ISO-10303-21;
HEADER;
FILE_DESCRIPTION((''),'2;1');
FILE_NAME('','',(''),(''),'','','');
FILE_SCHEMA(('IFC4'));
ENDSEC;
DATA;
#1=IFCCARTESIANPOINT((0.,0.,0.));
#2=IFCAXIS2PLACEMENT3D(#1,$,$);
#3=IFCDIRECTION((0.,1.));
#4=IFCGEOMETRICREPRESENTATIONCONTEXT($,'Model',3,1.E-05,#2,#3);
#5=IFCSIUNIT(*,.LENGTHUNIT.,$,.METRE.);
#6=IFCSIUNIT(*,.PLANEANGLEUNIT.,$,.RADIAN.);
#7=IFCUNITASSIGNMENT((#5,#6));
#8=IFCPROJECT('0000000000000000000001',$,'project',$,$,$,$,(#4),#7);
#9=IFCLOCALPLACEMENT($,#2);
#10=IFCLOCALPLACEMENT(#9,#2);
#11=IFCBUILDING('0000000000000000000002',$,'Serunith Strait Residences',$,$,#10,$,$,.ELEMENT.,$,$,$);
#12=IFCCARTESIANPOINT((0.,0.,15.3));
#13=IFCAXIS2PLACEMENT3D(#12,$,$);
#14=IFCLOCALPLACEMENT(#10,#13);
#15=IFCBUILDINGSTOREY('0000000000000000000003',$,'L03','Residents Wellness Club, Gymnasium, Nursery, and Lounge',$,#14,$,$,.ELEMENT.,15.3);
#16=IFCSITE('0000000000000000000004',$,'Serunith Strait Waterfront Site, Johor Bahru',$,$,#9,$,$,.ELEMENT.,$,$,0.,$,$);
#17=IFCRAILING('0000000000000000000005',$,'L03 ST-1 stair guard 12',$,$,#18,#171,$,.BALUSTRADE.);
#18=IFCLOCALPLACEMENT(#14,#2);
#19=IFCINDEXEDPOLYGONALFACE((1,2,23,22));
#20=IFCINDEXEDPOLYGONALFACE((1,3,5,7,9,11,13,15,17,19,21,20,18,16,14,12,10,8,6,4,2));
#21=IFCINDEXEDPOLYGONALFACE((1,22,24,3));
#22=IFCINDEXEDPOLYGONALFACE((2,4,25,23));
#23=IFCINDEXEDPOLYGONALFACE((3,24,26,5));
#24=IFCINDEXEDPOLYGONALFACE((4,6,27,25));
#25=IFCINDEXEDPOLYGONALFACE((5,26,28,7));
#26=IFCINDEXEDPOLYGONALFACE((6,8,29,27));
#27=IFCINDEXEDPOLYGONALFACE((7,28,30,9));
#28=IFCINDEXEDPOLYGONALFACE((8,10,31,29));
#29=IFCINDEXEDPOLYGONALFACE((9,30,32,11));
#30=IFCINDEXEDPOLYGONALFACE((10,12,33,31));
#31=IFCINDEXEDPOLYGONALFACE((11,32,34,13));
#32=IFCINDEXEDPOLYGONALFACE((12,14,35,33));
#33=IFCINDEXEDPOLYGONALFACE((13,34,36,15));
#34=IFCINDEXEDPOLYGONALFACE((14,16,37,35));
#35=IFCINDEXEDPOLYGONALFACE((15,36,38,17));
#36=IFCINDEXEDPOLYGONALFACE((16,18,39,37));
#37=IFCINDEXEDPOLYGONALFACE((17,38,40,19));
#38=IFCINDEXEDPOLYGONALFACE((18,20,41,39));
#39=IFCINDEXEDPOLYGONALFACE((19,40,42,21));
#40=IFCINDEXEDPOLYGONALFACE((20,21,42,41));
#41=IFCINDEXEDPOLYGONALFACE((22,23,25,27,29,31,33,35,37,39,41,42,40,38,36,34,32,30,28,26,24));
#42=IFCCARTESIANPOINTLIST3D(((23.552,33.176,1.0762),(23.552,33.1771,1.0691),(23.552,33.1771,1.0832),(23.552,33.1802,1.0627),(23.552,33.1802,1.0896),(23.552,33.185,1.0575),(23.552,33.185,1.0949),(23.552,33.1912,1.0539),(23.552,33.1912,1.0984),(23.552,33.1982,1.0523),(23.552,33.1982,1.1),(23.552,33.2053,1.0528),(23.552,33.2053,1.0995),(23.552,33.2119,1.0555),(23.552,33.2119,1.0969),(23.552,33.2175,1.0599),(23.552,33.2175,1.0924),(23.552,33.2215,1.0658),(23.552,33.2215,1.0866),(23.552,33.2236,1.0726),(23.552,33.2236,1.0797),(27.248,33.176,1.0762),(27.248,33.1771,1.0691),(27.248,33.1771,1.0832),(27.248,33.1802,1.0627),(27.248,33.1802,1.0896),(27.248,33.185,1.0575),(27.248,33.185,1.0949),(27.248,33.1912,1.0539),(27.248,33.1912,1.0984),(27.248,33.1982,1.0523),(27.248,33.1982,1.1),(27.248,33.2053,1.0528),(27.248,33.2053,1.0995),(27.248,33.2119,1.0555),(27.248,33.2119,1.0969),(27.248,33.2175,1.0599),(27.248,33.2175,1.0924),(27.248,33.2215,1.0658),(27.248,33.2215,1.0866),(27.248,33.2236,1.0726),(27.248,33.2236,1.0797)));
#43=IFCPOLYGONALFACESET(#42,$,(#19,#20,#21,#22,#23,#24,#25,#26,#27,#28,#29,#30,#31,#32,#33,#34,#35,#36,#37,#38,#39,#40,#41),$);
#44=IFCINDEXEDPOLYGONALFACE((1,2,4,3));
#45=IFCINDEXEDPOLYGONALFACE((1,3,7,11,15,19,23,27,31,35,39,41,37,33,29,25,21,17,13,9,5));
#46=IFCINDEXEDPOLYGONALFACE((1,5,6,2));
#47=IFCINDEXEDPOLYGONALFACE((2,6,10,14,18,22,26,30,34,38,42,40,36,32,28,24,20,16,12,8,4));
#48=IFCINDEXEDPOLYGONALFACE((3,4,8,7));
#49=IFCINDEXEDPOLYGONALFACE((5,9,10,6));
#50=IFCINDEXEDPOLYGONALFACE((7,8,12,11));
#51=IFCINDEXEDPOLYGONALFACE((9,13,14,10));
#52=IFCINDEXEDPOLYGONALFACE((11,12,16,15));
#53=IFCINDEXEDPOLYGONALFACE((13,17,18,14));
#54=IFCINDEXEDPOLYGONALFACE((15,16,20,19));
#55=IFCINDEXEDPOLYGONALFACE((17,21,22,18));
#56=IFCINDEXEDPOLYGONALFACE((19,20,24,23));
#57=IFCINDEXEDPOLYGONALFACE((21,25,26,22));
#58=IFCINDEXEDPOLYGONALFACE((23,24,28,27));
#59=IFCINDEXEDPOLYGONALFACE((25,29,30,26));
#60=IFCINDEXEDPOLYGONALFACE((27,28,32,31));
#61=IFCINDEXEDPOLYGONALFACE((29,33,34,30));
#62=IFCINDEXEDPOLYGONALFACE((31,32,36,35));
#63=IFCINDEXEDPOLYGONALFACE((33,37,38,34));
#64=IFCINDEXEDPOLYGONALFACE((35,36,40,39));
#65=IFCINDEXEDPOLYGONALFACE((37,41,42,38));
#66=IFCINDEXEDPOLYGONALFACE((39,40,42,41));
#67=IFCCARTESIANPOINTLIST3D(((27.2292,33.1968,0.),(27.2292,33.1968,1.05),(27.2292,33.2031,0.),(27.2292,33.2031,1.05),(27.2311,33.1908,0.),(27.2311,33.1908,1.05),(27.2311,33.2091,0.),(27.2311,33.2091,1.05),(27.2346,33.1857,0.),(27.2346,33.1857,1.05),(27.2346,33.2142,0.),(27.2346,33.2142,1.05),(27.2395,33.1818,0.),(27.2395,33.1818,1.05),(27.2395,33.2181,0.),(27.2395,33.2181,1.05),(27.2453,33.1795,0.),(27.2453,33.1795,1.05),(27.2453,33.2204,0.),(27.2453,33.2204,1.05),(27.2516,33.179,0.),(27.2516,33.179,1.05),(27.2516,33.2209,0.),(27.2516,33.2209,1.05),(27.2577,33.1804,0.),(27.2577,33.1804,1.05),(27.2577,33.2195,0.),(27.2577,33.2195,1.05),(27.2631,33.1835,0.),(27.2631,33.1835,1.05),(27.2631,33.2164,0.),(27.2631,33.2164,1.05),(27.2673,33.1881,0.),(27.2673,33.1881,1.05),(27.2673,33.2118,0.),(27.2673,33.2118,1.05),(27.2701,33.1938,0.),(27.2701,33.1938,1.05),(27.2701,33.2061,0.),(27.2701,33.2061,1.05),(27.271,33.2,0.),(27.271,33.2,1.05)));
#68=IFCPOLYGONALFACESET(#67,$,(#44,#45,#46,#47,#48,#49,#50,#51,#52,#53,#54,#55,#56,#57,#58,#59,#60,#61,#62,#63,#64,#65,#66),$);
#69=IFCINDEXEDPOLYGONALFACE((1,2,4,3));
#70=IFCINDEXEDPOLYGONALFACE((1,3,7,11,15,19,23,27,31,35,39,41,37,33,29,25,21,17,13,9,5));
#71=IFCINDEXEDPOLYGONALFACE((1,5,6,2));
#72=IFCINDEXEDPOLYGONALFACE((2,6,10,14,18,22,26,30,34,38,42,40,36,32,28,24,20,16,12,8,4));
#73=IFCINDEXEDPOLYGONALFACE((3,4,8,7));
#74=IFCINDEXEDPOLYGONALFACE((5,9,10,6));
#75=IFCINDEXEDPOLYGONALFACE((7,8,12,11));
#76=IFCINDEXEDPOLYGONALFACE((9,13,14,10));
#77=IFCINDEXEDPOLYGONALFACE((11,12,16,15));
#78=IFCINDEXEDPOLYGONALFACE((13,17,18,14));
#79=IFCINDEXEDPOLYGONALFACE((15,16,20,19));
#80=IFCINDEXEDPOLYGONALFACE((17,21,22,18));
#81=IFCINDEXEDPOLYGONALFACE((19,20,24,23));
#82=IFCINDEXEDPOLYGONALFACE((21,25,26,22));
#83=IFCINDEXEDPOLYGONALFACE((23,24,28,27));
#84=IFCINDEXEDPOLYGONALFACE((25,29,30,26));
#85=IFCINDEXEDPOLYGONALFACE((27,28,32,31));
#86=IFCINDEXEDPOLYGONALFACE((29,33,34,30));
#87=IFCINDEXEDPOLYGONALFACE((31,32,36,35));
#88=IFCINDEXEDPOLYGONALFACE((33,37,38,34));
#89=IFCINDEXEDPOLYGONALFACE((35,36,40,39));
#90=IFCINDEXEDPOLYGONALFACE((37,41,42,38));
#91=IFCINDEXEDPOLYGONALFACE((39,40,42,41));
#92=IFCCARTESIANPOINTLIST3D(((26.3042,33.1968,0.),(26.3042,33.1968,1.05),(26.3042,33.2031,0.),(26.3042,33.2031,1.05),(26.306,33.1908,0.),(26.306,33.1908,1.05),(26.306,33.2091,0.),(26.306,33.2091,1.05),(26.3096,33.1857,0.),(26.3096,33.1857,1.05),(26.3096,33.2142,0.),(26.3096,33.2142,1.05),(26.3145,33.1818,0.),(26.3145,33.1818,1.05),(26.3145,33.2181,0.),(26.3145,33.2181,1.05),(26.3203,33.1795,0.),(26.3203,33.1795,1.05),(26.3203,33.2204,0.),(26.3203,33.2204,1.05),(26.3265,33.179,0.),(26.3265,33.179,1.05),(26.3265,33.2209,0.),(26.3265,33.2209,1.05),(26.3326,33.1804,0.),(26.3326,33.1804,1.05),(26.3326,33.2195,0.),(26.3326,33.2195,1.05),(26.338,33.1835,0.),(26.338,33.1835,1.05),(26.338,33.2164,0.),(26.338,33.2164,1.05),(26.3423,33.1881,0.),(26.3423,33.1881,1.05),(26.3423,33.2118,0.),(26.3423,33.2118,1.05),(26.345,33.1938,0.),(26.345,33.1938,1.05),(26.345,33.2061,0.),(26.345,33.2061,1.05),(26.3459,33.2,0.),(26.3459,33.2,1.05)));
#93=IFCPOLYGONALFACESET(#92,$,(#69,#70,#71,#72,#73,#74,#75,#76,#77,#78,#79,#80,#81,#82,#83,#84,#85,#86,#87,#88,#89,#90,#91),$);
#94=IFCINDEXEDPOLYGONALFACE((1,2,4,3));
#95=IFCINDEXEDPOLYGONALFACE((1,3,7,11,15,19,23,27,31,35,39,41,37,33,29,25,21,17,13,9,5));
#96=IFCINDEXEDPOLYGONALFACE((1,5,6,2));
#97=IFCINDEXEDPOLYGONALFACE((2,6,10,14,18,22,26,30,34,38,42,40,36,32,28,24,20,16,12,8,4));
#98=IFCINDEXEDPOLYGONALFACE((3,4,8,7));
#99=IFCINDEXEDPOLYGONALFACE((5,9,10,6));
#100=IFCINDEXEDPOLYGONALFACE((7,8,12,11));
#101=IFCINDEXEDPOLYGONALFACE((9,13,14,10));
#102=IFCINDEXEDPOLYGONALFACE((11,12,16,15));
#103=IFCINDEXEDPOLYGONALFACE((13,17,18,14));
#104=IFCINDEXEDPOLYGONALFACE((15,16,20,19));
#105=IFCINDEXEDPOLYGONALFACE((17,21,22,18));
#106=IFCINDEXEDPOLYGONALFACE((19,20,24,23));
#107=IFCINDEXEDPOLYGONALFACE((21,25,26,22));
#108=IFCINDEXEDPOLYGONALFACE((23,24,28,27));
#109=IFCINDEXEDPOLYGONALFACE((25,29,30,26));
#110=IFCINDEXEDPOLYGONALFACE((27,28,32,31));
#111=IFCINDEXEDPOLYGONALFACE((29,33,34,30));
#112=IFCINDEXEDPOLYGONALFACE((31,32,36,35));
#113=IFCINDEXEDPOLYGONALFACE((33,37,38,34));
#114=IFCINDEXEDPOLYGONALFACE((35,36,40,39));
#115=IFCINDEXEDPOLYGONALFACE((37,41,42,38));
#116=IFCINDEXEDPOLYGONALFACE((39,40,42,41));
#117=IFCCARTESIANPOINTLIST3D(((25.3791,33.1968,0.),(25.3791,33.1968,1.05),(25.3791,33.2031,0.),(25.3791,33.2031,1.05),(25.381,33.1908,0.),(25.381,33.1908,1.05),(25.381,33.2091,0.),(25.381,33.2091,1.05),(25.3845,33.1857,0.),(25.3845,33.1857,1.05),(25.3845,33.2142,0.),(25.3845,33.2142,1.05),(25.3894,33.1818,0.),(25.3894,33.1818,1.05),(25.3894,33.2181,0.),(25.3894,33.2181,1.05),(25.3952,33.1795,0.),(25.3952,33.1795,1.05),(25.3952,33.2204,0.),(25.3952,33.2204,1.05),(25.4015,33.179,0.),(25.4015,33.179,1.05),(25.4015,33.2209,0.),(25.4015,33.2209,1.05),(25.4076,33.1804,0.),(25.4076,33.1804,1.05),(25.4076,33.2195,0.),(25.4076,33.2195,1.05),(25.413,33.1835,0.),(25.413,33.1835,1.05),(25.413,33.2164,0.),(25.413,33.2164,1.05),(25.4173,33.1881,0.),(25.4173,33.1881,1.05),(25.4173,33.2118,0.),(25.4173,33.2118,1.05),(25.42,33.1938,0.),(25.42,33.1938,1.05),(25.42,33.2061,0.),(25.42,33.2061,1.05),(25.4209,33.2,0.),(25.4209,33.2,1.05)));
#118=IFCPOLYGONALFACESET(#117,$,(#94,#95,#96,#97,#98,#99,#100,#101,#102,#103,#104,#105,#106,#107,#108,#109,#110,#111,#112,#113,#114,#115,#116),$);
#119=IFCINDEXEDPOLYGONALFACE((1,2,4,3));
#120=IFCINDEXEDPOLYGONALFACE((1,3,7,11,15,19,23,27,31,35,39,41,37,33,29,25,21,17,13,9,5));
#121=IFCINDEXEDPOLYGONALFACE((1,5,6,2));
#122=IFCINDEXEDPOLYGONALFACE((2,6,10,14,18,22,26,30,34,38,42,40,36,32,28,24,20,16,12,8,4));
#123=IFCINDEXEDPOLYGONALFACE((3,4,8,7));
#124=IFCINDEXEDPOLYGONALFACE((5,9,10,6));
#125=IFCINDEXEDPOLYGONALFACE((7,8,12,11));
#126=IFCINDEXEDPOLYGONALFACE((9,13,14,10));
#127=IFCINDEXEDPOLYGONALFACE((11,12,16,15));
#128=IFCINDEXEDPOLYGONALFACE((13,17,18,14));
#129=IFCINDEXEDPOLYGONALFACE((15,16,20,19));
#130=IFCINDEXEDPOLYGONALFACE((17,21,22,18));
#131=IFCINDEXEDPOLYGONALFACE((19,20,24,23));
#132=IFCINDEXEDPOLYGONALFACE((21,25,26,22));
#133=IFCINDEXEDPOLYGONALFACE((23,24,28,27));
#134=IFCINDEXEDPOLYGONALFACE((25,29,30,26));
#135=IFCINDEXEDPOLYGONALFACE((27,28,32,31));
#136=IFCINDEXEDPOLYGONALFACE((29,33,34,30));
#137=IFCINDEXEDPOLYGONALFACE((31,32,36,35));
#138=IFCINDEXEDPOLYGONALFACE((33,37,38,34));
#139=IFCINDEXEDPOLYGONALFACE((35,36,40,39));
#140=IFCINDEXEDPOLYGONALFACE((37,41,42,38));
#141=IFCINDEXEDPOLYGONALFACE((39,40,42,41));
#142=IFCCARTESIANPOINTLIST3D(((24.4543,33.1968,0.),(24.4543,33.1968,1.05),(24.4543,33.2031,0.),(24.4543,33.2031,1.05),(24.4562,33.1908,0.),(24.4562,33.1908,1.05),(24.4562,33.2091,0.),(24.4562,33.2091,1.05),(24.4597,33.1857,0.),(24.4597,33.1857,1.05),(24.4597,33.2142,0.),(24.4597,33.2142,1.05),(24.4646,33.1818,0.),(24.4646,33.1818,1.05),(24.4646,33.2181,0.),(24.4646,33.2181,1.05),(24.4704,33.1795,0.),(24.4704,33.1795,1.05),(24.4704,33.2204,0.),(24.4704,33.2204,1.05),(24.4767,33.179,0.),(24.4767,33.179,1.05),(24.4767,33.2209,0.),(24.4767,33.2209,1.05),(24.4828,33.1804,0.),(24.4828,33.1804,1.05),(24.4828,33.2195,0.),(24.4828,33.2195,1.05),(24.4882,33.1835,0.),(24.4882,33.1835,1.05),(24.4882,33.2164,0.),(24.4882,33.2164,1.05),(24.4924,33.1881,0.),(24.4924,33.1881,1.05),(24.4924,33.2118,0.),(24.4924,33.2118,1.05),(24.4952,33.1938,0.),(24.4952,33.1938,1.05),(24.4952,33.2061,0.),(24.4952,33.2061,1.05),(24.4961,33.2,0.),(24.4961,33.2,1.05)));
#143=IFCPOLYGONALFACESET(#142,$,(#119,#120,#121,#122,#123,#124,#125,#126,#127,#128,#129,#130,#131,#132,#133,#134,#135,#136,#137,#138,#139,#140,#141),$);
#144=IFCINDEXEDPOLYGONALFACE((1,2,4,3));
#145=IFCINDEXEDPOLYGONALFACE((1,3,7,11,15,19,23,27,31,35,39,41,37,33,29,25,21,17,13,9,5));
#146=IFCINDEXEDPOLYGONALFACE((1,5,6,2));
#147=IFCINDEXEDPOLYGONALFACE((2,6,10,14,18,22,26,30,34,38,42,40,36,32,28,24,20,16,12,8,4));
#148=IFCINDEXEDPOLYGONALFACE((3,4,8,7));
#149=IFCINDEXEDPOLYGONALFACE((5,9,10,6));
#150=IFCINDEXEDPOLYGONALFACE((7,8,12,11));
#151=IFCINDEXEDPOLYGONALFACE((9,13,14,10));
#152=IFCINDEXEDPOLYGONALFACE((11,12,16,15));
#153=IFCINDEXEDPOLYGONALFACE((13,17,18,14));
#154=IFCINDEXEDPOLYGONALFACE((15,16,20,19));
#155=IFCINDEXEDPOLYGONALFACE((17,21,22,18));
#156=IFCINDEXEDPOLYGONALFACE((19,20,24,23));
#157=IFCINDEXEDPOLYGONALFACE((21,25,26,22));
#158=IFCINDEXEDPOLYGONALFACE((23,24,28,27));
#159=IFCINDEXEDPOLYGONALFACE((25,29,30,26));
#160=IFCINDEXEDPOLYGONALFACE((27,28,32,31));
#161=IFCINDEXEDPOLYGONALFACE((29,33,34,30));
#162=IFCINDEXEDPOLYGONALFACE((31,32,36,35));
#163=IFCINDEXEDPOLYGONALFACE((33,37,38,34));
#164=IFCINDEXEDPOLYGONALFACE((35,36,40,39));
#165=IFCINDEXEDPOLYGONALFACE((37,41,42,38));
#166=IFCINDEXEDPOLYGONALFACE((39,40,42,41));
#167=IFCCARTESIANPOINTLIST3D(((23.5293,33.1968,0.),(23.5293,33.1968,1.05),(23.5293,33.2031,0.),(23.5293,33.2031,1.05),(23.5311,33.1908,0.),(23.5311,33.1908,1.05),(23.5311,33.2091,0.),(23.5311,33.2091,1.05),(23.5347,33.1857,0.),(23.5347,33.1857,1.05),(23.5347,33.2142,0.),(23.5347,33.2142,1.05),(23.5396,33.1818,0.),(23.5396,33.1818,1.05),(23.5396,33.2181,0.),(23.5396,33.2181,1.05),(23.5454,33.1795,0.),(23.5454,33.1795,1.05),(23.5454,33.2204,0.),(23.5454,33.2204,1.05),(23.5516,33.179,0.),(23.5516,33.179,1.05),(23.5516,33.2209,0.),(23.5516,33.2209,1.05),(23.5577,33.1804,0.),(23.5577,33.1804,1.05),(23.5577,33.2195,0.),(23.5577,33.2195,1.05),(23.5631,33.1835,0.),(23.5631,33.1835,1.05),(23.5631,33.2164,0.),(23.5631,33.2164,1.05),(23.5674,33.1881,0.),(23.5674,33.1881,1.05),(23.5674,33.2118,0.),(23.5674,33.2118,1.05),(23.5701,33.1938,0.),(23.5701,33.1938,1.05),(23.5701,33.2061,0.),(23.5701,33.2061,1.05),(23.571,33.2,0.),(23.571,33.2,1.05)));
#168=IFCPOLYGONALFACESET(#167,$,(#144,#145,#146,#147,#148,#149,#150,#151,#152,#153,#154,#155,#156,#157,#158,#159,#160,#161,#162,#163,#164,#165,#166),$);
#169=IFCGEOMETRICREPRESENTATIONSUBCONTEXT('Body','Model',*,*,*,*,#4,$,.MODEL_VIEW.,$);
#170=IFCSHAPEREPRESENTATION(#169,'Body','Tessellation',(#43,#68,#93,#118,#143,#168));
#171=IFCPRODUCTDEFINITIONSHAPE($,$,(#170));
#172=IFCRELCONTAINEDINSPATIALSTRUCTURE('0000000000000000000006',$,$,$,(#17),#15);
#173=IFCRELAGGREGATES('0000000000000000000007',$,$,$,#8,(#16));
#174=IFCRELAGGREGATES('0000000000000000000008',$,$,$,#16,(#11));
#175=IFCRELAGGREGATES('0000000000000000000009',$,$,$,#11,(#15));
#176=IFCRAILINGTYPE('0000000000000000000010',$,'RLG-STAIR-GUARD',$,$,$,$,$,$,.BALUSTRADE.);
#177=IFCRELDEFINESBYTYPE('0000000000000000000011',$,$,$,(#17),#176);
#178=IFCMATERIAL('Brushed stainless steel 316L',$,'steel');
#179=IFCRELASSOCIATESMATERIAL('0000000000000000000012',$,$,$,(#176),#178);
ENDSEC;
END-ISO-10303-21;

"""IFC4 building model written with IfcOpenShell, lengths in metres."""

from ifc_helpers import new_model, si_unit, direction, frame, origin, origin_2d, place, context, subcontext, project, spatial, circle, extrude, material, type_object, element, save


model = new_model("IFC4")

# Units and contexts
model_context = context("Model", 3, precision=1e-05, world=origin(), true_north=direction((0.0, 1.0)))
body_context = subcontext(model_context, "Body", "Model", "MODEL_VIEW")
ifc_project = project(units=[si_unit("LENGTHUNIT", "METRE"), si_unit("PLANEANGLEUNIT", "RADIAN")], contexts=[model_context])

# Site, building, storey
site_placement = place(None, origin())
site = spatial("IfcSite", under=ifc_project, at=site_placement, Name="Serunith Strait Waterfront Site, Johor Bahru", CompositionType="ELEMENT", RefElevation=0.0)
building_placement = place(site_placement, origin())
building = spatial("IfcBuilding", under=site, at=building_placement, Name="Serunith Strait Residences", CompositionType="ELEMENT")
storey_placement = place(building_placement, frame((0.0, 0.0, 15.3)))
storey = spatial("IfcBuildingStorey", under=building, at=storey_placement, Name="L03", Description="Residents Wellness Club, Gymnasium, Nursery, and Lounge", CompositionType="ELEMENT", Elevation=15.3)

# Railing
ifc_material_1 = material(Name="Brushed stainless steel 316L", Category="steel")
railing_type_1 = type_object("IfcRailingType", Name="RLG-STAIR-GUARD", PredefinedType="BALUSTRADE", material=ifc_material_1)
railing_1_placement = place(storey_placement, frame((27.25, 33.2, 0.0)))
element("IfcRailing", 1, at=railing_1_placement, inside=storey, type_object=railing_type_1, Name="L03 ST-1 stair guard 12", PredefinedType="BALUSTRADE", context=body_context, shape_type="SweptSolid", body=[
    extrude(circle(Radius=0.0239, at=origin_2d()), frame((-0.002, 0.0, 1.0762), z_axis=(-1.0, 0.0, 0.0), x_axis=(0.0, -1.0, 0.0)), (0.0, 0.0, 1.0), 3.696),
    extrude(circle(Radius=0.021, at=origin_2d()), origin(), (0.0, 0.0, 1.0), 1.05),
    extrude(circle(Radius=0.021, at=origin_2d()), frame((-0.925, 0.0, 0.0)), (0.0, 0.0, 1.0), 1.05),
    extrude(circle(Radius=0.021, at=origin_2d()), frame((-1.8501, 0.0, 0.0)), (0.0, 0.0, 1.0), 1.05),
    extrude(circle(Radius=0.021, at=origin_2d()), frame((-2.7749, 0.0, 0.0)), (0.0, 0.0, 1.0), 1.05),
    extrude(circle(Radius=0.021, at=origin_2d()), frame((-3.7, 0.0, 0.0)), (0.0, 0.0, 1.0), 1.05),
])

save(model, "model.ifc")
